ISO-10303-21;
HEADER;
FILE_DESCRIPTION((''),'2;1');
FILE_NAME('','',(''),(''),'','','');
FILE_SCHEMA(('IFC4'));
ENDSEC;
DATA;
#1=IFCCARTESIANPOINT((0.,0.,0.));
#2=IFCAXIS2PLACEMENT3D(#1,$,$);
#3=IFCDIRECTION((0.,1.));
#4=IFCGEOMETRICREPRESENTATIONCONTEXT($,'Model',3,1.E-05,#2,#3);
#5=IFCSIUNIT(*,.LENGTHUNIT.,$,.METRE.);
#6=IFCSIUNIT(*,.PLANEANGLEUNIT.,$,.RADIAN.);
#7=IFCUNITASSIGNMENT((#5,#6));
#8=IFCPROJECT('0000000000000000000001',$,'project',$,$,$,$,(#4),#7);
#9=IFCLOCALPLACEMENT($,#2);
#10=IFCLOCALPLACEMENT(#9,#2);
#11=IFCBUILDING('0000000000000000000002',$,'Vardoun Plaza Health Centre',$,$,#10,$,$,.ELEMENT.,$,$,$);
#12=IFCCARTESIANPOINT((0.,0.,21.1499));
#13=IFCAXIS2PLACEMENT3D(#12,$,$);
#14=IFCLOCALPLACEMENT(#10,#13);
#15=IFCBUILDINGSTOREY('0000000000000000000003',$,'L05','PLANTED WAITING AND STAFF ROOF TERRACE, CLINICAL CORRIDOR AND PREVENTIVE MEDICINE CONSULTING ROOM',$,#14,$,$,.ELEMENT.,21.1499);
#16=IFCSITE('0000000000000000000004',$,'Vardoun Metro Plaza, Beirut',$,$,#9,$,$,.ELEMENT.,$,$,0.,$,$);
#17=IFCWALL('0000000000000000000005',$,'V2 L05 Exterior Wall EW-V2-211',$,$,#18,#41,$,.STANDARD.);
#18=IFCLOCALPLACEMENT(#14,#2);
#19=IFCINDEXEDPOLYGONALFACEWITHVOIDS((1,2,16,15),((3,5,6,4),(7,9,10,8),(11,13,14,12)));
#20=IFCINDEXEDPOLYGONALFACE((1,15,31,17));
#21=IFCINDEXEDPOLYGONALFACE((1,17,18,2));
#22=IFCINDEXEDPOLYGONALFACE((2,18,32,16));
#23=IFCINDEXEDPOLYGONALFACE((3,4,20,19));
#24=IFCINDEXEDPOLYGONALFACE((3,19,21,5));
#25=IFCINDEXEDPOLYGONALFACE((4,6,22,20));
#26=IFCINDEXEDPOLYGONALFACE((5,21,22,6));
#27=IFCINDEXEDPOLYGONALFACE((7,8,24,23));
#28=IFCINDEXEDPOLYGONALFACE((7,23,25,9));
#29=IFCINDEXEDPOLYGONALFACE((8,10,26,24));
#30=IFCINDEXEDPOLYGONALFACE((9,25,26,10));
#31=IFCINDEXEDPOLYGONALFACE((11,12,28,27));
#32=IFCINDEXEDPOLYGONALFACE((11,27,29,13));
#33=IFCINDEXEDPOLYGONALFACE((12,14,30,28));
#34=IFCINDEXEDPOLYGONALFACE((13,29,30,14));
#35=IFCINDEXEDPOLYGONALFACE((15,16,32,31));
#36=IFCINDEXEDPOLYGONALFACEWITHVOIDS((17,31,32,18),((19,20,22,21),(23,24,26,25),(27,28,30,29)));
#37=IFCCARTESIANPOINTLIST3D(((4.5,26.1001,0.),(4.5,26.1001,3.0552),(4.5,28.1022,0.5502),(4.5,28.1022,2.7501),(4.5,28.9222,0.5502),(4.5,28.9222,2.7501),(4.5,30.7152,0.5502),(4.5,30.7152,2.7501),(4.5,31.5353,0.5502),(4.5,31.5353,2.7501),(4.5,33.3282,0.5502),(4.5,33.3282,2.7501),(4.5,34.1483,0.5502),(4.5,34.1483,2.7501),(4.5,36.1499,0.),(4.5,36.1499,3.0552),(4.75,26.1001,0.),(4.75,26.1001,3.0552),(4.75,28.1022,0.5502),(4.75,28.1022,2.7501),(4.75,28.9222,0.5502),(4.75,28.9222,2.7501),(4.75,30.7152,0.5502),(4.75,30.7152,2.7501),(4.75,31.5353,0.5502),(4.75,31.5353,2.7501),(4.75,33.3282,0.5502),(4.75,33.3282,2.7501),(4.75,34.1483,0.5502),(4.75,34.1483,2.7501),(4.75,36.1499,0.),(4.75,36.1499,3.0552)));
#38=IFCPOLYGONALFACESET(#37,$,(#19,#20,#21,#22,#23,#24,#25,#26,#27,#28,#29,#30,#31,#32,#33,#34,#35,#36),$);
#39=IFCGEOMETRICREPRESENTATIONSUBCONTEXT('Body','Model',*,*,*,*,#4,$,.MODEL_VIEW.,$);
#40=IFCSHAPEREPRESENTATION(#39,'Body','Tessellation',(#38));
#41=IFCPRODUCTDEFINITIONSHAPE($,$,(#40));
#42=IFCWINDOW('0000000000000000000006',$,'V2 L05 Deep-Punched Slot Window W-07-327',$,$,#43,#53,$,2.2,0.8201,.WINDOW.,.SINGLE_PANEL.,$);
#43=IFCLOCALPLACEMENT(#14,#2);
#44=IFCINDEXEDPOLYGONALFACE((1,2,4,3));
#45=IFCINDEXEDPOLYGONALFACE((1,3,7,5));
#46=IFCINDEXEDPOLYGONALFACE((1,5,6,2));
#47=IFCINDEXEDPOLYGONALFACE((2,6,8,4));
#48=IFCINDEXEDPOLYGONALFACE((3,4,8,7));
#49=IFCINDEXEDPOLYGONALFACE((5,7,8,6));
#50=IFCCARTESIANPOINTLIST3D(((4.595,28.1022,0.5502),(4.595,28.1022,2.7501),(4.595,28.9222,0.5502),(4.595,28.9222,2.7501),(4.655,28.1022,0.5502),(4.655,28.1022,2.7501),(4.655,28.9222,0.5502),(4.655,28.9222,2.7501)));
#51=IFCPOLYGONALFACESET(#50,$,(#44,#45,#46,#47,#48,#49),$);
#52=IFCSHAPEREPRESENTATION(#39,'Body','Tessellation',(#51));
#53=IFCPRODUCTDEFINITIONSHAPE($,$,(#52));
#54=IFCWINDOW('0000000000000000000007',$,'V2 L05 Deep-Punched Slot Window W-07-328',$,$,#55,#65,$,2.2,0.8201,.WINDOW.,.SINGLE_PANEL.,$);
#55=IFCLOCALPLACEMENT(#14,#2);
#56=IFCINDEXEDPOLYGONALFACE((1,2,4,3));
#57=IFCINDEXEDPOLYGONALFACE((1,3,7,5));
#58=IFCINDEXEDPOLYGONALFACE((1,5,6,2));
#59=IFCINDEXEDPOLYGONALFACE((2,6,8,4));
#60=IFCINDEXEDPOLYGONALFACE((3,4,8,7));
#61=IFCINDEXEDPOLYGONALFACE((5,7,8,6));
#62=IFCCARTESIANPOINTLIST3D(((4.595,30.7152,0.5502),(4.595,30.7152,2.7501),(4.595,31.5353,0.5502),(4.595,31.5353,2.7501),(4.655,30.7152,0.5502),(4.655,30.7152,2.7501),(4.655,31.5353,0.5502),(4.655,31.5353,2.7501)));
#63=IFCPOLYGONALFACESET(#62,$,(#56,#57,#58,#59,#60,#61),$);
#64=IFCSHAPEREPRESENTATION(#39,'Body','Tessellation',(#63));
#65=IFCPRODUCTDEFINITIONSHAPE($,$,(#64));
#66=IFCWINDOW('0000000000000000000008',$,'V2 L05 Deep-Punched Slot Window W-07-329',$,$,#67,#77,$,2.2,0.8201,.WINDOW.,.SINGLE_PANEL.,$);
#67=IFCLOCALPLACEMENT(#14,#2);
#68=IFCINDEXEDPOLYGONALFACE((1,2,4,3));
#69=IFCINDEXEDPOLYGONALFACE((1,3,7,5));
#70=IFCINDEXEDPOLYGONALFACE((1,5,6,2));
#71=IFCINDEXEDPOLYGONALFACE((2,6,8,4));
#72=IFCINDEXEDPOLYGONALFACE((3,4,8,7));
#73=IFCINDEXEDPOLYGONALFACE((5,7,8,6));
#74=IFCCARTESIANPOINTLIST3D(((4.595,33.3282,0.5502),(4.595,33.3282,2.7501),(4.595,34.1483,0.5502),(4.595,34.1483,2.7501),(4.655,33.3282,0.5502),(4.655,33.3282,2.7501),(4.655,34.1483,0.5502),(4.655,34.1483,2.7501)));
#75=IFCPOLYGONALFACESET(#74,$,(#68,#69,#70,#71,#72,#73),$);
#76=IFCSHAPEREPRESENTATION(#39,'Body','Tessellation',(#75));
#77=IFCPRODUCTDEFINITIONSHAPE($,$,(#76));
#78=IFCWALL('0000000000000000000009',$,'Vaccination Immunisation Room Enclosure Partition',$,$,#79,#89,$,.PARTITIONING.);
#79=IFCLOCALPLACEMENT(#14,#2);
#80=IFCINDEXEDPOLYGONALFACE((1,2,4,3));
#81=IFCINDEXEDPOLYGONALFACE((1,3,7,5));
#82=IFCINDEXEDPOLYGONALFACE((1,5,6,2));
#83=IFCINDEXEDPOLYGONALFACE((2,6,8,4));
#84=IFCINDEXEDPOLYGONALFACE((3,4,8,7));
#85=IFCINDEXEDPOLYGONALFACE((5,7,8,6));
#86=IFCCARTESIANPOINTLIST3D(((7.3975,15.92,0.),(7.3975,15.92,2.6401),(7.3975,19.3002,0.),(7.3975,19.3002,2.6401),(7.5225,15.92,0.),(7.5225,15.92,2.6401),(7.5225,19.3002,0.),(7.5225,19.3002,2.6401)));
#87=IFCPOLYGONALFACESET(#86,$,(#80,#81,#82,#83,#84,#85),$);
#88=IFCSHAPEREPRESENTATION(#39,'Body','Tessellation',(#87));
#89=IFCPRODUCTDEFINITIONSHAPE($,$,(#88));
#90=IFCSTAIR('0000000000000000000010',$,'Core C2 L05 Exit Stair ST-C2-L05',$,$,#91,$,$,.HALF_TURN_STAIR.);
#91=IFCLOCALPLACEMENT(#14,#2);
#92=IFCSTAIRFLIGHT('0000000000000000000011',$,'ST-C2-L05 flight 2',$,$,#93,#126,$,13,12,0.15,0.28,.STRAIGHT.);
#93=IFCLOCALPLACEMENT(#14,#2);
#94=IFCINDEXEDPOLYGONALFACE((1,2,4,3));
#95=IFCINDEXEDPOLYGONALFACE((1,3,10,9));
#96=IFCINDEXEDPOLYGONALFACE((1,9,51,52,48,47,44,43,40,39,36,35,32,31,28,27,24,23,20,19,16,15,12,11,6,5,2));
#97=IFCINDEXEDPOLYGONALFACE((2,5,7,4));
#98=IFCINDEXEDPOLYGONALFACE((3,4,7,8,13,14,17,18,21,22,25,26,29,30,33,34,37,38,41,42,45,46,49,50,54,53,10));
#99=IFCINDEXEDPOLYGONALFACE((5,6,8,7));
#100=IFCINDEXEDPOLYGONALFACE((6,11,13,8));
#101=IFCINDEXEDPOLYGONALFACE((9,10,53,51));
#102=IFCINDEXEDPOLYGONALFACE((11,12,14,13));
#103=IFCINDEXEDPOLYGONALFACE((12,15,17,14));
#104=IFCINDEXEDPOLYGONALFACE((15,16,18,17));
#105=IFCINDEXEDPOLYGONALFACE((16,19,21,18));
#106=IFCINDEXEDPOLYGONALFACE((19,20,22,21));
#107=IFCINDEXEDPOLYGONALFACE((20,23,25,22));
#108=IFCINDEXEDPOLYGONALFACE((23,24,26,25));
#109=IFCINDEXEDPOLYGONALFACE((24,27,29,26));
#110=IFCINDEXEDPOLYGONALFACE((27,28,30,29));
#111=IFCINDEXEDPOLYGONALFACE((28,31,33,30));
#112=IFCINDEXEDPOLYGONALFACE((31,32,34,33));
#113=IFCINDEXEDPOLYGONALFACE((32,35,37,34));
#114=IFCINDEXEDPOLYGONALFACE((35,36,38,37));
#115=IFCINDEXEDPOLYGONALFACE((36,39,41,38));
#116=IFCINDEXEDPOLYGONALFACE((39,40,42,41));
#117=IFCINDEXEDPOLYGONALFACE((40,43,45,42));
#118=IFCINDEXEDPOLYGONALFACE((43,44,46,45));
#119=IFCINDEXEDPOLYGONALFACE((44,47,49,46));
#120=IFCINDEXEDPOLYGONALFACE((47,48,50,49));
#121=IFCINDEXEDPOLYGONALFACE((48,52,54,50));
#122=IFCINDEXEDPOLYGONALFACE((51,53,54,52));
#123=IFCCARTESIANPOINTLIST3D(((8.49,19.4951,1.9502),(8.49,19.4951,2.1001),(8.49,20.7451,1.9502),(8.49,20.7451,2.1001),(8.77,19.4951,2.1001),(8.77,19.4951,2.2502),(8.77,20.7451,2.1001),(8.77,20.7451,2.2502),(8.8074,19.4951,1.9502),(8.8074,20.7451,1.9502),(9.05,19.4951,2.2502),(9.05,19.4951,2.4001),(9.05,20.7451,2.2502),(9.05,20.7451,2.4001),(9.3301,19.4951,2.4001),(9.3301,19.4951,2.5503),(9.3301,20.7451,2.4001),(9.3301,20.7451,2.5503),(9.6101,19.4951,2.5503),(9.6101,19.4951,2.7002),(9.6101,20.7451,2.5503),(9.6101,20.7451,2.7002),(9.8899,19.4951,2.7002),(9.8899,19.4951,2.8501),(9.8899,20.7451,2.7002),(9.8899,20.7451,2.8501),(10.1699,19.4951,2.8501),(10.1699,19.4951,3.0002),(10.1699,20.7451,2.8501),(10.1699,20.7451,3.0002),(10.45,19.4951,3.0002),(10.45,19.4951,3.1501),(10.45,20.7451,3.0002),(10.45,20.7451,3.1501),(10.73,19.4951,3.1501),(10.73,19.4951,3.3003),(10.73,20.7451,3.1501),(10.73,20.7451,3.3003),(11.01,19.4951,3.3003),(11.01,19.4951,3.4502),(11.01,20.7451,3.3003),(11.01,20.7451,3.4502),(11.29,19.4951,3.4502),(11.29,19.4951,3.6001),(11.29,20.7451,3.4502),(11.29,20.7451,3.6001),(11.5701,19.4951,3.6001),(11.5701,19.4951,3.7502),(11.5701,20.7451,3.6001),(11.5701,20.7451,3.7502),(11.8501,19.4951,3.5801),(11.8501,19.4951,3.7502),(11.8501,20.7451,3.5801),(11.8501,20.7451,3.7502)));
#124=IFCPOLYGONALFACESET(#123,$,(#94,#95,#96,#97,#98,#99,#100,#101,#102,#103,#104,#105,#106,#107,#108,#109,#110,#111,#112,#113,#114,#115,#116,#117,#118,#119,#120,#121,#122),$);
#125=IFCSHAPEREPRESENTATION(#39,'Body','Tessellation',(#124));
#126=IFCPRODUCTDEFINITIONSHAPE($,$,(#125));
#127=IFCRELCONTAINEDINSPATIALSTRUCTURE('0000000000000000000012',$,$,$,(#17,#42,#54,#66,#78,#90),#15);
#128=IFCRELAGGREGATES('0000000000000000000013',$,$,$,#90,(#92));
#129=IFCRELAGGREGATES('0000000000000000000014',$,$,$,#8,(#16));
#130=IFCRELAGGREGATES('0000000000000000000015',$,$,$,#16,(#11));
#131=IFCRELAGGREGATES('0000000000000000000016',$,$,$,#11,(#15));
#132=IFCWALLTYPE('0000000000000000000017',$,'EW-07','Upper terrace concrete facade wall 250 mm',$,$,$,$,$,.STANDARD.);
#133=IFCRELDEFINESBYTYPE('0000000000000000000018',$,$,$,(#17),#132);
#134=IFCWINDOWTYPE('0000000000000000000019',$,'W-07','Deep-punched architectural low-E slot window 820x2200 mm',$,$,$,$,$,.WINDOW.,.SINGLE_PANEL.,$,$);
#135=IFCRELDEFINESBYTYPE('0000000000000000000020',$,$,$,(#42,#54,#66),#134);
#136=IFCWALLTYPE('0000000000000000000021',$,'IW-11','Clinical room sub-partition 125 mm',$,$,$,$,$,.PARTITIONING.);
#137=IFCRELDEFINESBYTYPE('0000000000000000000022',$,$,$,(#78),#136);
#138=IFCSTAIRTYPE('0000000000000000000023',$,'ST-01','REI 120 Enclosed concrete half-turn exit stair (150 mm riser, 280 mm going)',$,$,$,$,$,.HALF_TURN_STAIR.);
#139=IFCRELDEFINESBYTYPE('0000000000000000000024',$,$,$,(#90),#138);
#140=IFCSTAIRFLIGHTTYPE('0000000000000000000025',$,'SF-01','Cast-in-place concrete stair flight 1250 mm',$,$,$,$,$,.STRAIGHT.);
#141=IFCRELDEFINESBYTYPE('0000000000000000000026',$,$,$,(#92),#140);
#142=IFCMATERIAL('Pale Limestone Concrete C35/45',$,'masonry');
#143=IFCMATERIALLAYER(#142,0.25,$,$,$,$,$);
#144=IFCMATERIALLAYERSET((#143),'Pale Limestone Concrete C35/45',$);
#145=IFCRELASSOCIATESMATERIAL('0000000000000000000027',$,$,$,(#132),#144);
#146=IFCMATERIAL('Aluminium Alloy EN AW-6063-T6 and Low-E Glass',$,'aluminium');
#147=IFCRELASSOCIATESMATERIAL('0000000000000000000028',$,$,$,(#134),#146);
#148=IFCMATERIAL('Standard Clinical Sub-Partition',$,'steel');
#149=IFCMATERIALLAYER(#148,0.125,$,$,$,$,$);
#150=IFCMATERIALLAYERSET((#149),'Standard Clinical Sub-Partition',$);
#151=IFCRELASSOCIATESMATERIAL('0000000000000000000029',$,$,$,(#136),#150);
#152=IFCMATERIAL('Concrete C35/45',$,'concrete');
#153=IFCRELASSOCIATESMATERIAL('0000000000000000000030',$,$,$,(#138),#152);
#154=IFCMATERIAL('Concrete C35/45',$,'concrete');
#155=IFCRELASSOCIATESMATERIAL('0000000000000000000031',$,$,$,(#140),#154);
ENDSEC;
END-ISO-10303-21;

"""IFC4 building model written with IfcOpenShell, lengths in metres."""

from ifc_helpers import new_model, si_unit, direction, frame, frame_2d, origin, place, context, subcontext, project, spatial, polyline, rectangle, outline, extrude, material, layer, layer_set, type_object, element, fill, aggregate, save


model = new_model("IFC4")

# Units and contexts
model_context = context("Model", 3, precision=1e-05, world=origin(), true_north=direction((0.0, 1.0)))
body_context = subcontext(model_context, "Body", "Model", "MODEL_VIEW")
ifc_project = project(units=[si_unit("LENGTHUNIT", "METRE"), si_unit("PLANEANGLEUNIT", "RADIAN")], contexts=[model_context])

# Site, building, storey
site_placement = place(None, origin())
site = spatial("IfcSite", under=ifc_project, at=site_placement, Name="Vardoun Metro Plaza, Beirut", CompositionType="ELEMENT", RefElevation=0.0)
building_placement = place(site_placement, origin())
building = spatial("IfcBuilding", under=site, at=building_placement, Name="Vardoun Plaza Health Centre", CompositionType="ELEMENT")
storey_placement = place(building_placement, frame((0.0, 0.0, 21.1499)))
storey = spatial("IfcBuildingStorey", under=building, at=storey_placement, Name="L05", Description="PLANTED WAITING AND STAFF ROOF TERRACE, CLINICAL CORRIDOR AND PREVENTIVE MEDICINE CONSULTING ROOM", CompositionType="ELEMENT", Elevation=21.1499)

# Wall, openings, windows
ifc_material_1 = material(Name="Pale Limestone Concrete C35/45", Category="masonry")
ifc_layer_1 = layer(ifc_material_1, 0.25)
ifc_layer_set_1 = layer_set([ifc_layer_1], Name="Pale Limestone Concrete C35/45")
wall_type_1 = type_object("IfcWallType", Name="EW-07", Description="Upper terrace concrete facade wall 250 mm", PredefinedType="STANDARD", material=ifc_layer_set_1)
wall_1_placement = place(storey_placement, frame((4.625, 26.1001, 0.0), z_axis=(0.0, 0.0, 1.0), x_axis=(0.0, 1.0, 0.0)))
wall_1 = element("IfcWall", 1, at=wall_1_placement, inside=storey, type_object=wall_type_1, Name="V2 L05 Exterior Wall EW-V2-211", PredefinedType="STANDARD", context=body_context, shape_type="SweptSolid", body=[
    extrude(rectangle(XDim=10.0498, YDim=0.25, at=frame_2d((5.0249, 0.0))), origin(), (0.0, 0.0, 1.0), 3.0552),
])
opening_1_placement = place(wall_1_placement, frame((2.002, 0.0, 0.55)))
opening_1 = element("IfcOpeningElement", 2, at=opening_1_placement, cuts=wall_1, PredefinedType="OPENING", context=body_context, shape_type="SweptSolid", body=[
    extrude(rectangle(XDim=0.8201, YDim=2.2, at=frame_2d((0.4102, 1.1001))), frame((0.0, 0.125, 0.0), z_axis=(0.0, -1.0, 0.0), x_axis=(1.0, 0.0, 0.0)), (0.0, 0.0, 1.0), 0.25),
])
opening_2_placement = place(wall_1_placement, frame((4.615, 0.0, 0.55)))
opening_2 = element("IfcOpeningElement", 3, at=opening_2_placement, cuts=wall_1, PredefinedType="OPENING", context=body_context, shape_type="SweptSolid", body=[
    extrude(rectangle(XDim=0.8201, YDim=2.2, at=frame_2d((0.4102, 1.1001))), frame((0.0, 0.125, 0.0), z_axis=(0.0, -1.0, 0.0), x_axis=(1.0, 0.0, 0.0)), (0.0, 0.0, 1.0), 0.25),
])
opening_3_placement = place(wall_1_placement, frame((7.228, 0.0, 0.55)))
opening_3 = element("IfcOpeningElement", 4, at=opening_3_placement, cuts=wall_1, PredefinedType="OPENING", context=body_context, shape_type="SweptSolid", body=[
    extrude(rectangle(XDim=0.8201, YDim=2.2, at=frame_2d((0.4102, 1.1001))), frame((0.0, 0.125, 0.0), z_axis=(0.0, -1.0, 0.0), x_axis=(1.0, 0.0, 0.0)), (0.0, 0.0, 1.0), 0.25),
])
ifc_material_2 = material(Name="Aluminium Alloy EN AW-6063-T6 and Low-E Glass", Category="aluminium")
window_type = type_object("IfcWindowType", Name="W-07", Description="Deep-punched architectural low-E slot window 820x2200 mm", PartitioningType="SINGLE_PANEL", PredefinedType="WINDOW", material=ifc_material_2)
window_1_placement = place(opening_1_placement, origin())
window_1 = element("IfcWindow", 5, at=window_1_placement, inside=storey, type_object=window_type, Name="V2 L05 Deep-Punched Slot Window W-07-327", OverallHeight=2.2, OverallWidth=0.8201, PartitioningType="SINGLE_PANEL", PredefinedType="WINDOW", context=body_context, shape_type="SweptSolid", body=[
    extrude(rectangle(XDim=0.8201, YDim=2.2, at=frame_2d((0.4102, 1.1001))), frame((0.0, 0.03, 0.0), z_axis=(0.0, -1.0, 0.0), x_axis=(1.0, 0.0, 0.0)), (0.0, 0.0, 1.0), 0.0601),
])
fill(opening_1, window_1)
window_2_placement = place(opening_2_placement, origin())
window_2 = element("IfcWindow", 6, at=window_2_placement, inside=storey, type_object=window_type, Name="V2 L05 Deep-Punched Slot Window W-07-328", OverallHeight=2.2, OverallWidth=0.8201, PartitioningType="SINGLE_PANEL", PredefinedType="WINDOW", context=body_context, shape_type="SweptSolid", body=[
    extrude(rectangle(XDim=0.8201, YDim=2.2, at=frame_2d((0.4102, 1.1001))), frame((0.0, 0.03, 0.0), z_axis=(0.0, -1.0, 0.0), x_axis=(1.0, 0.0, 0.0)), (0.0, 0.0, 1.0), 0.0601),
])
fill(opening_2, window_2)
window_3_placement = place(opening_3_placement, origin())
window_3 = element("IfcWindow", 7, at=window_3_placement, inside=storey, type_object=window_type, Name="V2 L05 Deep-Punched Slot Window W-07-329", OverallHeight=2.2, OverallWidth=0.8201, PartitioningType="SINGLE_PANEL", PredefinedType="WINDOW", context=body_context, shape_type="SweptSolid", body=[
    extrude(rectangle(XDim=0.8201, YDim=2.2, at=frame_2d((0.4102, 1.1001))), frame((0.0, 0.03, 0.0), z_axis=(0.0, -1.0, 0.0), x_axis=(1.0, 0.0, 0.0)), (0.0, 0.0, 1.0), 0.0601),
])
fill(opening_3, window_3)

# Wall
ifc_material_3 = material(Name="Standard Clinical Sub-Partition", Category="steel")
ifc_layer_2 = layer(ifc_material_3, 0.125)
ifc_layer_set_2 = layer_set([ifc_layer_2], Name="Standard Clinical Sub-Partition")
wall_type_2 = type_object("IfcWallType", Name="IW-11", Description="Clinical room sub-partition 125 mm", PredefinedType="PARTITIONING", material=ifc_layer_set_2)
wall_2_placement = place(storey_placement, frame((7.46, 19.3, 0.0), z_axis=(0.0, 0.0, 1.0), x_axis=(0.0, -1.0, 0.0)))
element("IfcWall", 8, at=wall_2_placement, inside=storey, type_object=wall_type_2, Name="Vaccination Immunisation Room Enclosure Partition", PredefinedType="PARTITIONING", context=body_context, shape_type="SweptSolid", body=[
    extrude(rectangle(XDim=3.3801, YDim=0.125, at=frame_2d((1.6899, 0.0))), origin(), (0.0, 0.0, 1.0), 2.6401),
])

# Stair, stair flight
ifc_material_4 = material(Name="Concrete C35/45", Category="concrete")
stair_type = type_object("IfcStairType", Name="ST-01", Description="REI 120 Enclosed concrete half-turn exit stair (150 mm riser, 280 mm going)", PredefinedType="HALF_TURN_STAIR", material=ifc_material_4)
stair_placement = place(storey_placement, origin())
stair = element("IfcStair", 9, at=stair_placement, inside=storey, type_object=stair_type, Name="Core C2 L05 Exit Stair ST-C2-L05", PredefinedType="HALF_TURN_STAIR")
ifc_material_5 = material(Name="Concrete C35/45", Category="concrete")
stair_flight_type = type_object("IfcStairFlightType", Name="SF-01", Description="Cast-in-place concrete stair flight 1250 mm", PredefinedType="STRAIGHT", material=ifc_material_5)
stair_flight_placement = place(storey_placement, frame((8.49, 20.1201, 1.9502), z_axis=(0.0, 0.0, 1.0), x_axis=(1.0, 0.0, 0.0)))
stair_flight = element("IfcStairFlight", 10, at=stair_flight_placement, type_object=stair_flight_type, Name="ST-C2-L05 flight 2", NumberOfRisers=13, NumberOfTreads=12, PredefinedType="STRAIGHT", RiserHeight=0.15, TreadLength=0.28, context=body_context, shape_type="SweptSolid", body=[
    extrude(outline(polyline([(0.0, 0.0), (0.0, 0.1499), (0.28, 0.1499), (0.28, 0.3), (0.5601, 0.3), (0.5601, 0.45), (0.8401, 0.45), (0.8401, 0.6001), (1.1201, 0.6001), (1.1201, 0.75), (1.3999, 0.75), (1.3999, 0.8999), (1.6799, 0.8999), (1.6799, 1.05), (1.96, 1.05), (1.96, 1.2), (2.24, 1.2), (2.24, 1.3501), (2.52, 1.3501), (2.52, 1.5), (2.8, 1.5), (2.8, 1.6499), (3.0801, 1.6499), (3.0801, 1.8), (3.3601, 1.8), (3.3601, 1.95), (3.3601, 1.6299), (0.3174, 0.0), (0.0, 0.0)])), frame((0.0, 0.625, 0.0), z_axis=(0.0, -1.0, 0.0), x_axis=(1.0, 0.0, 0.0)), (0.0, 0.0, 1.0), 1.25),
])
aggregate(stair, [stair_flight])

save(model, "model.ifc")
